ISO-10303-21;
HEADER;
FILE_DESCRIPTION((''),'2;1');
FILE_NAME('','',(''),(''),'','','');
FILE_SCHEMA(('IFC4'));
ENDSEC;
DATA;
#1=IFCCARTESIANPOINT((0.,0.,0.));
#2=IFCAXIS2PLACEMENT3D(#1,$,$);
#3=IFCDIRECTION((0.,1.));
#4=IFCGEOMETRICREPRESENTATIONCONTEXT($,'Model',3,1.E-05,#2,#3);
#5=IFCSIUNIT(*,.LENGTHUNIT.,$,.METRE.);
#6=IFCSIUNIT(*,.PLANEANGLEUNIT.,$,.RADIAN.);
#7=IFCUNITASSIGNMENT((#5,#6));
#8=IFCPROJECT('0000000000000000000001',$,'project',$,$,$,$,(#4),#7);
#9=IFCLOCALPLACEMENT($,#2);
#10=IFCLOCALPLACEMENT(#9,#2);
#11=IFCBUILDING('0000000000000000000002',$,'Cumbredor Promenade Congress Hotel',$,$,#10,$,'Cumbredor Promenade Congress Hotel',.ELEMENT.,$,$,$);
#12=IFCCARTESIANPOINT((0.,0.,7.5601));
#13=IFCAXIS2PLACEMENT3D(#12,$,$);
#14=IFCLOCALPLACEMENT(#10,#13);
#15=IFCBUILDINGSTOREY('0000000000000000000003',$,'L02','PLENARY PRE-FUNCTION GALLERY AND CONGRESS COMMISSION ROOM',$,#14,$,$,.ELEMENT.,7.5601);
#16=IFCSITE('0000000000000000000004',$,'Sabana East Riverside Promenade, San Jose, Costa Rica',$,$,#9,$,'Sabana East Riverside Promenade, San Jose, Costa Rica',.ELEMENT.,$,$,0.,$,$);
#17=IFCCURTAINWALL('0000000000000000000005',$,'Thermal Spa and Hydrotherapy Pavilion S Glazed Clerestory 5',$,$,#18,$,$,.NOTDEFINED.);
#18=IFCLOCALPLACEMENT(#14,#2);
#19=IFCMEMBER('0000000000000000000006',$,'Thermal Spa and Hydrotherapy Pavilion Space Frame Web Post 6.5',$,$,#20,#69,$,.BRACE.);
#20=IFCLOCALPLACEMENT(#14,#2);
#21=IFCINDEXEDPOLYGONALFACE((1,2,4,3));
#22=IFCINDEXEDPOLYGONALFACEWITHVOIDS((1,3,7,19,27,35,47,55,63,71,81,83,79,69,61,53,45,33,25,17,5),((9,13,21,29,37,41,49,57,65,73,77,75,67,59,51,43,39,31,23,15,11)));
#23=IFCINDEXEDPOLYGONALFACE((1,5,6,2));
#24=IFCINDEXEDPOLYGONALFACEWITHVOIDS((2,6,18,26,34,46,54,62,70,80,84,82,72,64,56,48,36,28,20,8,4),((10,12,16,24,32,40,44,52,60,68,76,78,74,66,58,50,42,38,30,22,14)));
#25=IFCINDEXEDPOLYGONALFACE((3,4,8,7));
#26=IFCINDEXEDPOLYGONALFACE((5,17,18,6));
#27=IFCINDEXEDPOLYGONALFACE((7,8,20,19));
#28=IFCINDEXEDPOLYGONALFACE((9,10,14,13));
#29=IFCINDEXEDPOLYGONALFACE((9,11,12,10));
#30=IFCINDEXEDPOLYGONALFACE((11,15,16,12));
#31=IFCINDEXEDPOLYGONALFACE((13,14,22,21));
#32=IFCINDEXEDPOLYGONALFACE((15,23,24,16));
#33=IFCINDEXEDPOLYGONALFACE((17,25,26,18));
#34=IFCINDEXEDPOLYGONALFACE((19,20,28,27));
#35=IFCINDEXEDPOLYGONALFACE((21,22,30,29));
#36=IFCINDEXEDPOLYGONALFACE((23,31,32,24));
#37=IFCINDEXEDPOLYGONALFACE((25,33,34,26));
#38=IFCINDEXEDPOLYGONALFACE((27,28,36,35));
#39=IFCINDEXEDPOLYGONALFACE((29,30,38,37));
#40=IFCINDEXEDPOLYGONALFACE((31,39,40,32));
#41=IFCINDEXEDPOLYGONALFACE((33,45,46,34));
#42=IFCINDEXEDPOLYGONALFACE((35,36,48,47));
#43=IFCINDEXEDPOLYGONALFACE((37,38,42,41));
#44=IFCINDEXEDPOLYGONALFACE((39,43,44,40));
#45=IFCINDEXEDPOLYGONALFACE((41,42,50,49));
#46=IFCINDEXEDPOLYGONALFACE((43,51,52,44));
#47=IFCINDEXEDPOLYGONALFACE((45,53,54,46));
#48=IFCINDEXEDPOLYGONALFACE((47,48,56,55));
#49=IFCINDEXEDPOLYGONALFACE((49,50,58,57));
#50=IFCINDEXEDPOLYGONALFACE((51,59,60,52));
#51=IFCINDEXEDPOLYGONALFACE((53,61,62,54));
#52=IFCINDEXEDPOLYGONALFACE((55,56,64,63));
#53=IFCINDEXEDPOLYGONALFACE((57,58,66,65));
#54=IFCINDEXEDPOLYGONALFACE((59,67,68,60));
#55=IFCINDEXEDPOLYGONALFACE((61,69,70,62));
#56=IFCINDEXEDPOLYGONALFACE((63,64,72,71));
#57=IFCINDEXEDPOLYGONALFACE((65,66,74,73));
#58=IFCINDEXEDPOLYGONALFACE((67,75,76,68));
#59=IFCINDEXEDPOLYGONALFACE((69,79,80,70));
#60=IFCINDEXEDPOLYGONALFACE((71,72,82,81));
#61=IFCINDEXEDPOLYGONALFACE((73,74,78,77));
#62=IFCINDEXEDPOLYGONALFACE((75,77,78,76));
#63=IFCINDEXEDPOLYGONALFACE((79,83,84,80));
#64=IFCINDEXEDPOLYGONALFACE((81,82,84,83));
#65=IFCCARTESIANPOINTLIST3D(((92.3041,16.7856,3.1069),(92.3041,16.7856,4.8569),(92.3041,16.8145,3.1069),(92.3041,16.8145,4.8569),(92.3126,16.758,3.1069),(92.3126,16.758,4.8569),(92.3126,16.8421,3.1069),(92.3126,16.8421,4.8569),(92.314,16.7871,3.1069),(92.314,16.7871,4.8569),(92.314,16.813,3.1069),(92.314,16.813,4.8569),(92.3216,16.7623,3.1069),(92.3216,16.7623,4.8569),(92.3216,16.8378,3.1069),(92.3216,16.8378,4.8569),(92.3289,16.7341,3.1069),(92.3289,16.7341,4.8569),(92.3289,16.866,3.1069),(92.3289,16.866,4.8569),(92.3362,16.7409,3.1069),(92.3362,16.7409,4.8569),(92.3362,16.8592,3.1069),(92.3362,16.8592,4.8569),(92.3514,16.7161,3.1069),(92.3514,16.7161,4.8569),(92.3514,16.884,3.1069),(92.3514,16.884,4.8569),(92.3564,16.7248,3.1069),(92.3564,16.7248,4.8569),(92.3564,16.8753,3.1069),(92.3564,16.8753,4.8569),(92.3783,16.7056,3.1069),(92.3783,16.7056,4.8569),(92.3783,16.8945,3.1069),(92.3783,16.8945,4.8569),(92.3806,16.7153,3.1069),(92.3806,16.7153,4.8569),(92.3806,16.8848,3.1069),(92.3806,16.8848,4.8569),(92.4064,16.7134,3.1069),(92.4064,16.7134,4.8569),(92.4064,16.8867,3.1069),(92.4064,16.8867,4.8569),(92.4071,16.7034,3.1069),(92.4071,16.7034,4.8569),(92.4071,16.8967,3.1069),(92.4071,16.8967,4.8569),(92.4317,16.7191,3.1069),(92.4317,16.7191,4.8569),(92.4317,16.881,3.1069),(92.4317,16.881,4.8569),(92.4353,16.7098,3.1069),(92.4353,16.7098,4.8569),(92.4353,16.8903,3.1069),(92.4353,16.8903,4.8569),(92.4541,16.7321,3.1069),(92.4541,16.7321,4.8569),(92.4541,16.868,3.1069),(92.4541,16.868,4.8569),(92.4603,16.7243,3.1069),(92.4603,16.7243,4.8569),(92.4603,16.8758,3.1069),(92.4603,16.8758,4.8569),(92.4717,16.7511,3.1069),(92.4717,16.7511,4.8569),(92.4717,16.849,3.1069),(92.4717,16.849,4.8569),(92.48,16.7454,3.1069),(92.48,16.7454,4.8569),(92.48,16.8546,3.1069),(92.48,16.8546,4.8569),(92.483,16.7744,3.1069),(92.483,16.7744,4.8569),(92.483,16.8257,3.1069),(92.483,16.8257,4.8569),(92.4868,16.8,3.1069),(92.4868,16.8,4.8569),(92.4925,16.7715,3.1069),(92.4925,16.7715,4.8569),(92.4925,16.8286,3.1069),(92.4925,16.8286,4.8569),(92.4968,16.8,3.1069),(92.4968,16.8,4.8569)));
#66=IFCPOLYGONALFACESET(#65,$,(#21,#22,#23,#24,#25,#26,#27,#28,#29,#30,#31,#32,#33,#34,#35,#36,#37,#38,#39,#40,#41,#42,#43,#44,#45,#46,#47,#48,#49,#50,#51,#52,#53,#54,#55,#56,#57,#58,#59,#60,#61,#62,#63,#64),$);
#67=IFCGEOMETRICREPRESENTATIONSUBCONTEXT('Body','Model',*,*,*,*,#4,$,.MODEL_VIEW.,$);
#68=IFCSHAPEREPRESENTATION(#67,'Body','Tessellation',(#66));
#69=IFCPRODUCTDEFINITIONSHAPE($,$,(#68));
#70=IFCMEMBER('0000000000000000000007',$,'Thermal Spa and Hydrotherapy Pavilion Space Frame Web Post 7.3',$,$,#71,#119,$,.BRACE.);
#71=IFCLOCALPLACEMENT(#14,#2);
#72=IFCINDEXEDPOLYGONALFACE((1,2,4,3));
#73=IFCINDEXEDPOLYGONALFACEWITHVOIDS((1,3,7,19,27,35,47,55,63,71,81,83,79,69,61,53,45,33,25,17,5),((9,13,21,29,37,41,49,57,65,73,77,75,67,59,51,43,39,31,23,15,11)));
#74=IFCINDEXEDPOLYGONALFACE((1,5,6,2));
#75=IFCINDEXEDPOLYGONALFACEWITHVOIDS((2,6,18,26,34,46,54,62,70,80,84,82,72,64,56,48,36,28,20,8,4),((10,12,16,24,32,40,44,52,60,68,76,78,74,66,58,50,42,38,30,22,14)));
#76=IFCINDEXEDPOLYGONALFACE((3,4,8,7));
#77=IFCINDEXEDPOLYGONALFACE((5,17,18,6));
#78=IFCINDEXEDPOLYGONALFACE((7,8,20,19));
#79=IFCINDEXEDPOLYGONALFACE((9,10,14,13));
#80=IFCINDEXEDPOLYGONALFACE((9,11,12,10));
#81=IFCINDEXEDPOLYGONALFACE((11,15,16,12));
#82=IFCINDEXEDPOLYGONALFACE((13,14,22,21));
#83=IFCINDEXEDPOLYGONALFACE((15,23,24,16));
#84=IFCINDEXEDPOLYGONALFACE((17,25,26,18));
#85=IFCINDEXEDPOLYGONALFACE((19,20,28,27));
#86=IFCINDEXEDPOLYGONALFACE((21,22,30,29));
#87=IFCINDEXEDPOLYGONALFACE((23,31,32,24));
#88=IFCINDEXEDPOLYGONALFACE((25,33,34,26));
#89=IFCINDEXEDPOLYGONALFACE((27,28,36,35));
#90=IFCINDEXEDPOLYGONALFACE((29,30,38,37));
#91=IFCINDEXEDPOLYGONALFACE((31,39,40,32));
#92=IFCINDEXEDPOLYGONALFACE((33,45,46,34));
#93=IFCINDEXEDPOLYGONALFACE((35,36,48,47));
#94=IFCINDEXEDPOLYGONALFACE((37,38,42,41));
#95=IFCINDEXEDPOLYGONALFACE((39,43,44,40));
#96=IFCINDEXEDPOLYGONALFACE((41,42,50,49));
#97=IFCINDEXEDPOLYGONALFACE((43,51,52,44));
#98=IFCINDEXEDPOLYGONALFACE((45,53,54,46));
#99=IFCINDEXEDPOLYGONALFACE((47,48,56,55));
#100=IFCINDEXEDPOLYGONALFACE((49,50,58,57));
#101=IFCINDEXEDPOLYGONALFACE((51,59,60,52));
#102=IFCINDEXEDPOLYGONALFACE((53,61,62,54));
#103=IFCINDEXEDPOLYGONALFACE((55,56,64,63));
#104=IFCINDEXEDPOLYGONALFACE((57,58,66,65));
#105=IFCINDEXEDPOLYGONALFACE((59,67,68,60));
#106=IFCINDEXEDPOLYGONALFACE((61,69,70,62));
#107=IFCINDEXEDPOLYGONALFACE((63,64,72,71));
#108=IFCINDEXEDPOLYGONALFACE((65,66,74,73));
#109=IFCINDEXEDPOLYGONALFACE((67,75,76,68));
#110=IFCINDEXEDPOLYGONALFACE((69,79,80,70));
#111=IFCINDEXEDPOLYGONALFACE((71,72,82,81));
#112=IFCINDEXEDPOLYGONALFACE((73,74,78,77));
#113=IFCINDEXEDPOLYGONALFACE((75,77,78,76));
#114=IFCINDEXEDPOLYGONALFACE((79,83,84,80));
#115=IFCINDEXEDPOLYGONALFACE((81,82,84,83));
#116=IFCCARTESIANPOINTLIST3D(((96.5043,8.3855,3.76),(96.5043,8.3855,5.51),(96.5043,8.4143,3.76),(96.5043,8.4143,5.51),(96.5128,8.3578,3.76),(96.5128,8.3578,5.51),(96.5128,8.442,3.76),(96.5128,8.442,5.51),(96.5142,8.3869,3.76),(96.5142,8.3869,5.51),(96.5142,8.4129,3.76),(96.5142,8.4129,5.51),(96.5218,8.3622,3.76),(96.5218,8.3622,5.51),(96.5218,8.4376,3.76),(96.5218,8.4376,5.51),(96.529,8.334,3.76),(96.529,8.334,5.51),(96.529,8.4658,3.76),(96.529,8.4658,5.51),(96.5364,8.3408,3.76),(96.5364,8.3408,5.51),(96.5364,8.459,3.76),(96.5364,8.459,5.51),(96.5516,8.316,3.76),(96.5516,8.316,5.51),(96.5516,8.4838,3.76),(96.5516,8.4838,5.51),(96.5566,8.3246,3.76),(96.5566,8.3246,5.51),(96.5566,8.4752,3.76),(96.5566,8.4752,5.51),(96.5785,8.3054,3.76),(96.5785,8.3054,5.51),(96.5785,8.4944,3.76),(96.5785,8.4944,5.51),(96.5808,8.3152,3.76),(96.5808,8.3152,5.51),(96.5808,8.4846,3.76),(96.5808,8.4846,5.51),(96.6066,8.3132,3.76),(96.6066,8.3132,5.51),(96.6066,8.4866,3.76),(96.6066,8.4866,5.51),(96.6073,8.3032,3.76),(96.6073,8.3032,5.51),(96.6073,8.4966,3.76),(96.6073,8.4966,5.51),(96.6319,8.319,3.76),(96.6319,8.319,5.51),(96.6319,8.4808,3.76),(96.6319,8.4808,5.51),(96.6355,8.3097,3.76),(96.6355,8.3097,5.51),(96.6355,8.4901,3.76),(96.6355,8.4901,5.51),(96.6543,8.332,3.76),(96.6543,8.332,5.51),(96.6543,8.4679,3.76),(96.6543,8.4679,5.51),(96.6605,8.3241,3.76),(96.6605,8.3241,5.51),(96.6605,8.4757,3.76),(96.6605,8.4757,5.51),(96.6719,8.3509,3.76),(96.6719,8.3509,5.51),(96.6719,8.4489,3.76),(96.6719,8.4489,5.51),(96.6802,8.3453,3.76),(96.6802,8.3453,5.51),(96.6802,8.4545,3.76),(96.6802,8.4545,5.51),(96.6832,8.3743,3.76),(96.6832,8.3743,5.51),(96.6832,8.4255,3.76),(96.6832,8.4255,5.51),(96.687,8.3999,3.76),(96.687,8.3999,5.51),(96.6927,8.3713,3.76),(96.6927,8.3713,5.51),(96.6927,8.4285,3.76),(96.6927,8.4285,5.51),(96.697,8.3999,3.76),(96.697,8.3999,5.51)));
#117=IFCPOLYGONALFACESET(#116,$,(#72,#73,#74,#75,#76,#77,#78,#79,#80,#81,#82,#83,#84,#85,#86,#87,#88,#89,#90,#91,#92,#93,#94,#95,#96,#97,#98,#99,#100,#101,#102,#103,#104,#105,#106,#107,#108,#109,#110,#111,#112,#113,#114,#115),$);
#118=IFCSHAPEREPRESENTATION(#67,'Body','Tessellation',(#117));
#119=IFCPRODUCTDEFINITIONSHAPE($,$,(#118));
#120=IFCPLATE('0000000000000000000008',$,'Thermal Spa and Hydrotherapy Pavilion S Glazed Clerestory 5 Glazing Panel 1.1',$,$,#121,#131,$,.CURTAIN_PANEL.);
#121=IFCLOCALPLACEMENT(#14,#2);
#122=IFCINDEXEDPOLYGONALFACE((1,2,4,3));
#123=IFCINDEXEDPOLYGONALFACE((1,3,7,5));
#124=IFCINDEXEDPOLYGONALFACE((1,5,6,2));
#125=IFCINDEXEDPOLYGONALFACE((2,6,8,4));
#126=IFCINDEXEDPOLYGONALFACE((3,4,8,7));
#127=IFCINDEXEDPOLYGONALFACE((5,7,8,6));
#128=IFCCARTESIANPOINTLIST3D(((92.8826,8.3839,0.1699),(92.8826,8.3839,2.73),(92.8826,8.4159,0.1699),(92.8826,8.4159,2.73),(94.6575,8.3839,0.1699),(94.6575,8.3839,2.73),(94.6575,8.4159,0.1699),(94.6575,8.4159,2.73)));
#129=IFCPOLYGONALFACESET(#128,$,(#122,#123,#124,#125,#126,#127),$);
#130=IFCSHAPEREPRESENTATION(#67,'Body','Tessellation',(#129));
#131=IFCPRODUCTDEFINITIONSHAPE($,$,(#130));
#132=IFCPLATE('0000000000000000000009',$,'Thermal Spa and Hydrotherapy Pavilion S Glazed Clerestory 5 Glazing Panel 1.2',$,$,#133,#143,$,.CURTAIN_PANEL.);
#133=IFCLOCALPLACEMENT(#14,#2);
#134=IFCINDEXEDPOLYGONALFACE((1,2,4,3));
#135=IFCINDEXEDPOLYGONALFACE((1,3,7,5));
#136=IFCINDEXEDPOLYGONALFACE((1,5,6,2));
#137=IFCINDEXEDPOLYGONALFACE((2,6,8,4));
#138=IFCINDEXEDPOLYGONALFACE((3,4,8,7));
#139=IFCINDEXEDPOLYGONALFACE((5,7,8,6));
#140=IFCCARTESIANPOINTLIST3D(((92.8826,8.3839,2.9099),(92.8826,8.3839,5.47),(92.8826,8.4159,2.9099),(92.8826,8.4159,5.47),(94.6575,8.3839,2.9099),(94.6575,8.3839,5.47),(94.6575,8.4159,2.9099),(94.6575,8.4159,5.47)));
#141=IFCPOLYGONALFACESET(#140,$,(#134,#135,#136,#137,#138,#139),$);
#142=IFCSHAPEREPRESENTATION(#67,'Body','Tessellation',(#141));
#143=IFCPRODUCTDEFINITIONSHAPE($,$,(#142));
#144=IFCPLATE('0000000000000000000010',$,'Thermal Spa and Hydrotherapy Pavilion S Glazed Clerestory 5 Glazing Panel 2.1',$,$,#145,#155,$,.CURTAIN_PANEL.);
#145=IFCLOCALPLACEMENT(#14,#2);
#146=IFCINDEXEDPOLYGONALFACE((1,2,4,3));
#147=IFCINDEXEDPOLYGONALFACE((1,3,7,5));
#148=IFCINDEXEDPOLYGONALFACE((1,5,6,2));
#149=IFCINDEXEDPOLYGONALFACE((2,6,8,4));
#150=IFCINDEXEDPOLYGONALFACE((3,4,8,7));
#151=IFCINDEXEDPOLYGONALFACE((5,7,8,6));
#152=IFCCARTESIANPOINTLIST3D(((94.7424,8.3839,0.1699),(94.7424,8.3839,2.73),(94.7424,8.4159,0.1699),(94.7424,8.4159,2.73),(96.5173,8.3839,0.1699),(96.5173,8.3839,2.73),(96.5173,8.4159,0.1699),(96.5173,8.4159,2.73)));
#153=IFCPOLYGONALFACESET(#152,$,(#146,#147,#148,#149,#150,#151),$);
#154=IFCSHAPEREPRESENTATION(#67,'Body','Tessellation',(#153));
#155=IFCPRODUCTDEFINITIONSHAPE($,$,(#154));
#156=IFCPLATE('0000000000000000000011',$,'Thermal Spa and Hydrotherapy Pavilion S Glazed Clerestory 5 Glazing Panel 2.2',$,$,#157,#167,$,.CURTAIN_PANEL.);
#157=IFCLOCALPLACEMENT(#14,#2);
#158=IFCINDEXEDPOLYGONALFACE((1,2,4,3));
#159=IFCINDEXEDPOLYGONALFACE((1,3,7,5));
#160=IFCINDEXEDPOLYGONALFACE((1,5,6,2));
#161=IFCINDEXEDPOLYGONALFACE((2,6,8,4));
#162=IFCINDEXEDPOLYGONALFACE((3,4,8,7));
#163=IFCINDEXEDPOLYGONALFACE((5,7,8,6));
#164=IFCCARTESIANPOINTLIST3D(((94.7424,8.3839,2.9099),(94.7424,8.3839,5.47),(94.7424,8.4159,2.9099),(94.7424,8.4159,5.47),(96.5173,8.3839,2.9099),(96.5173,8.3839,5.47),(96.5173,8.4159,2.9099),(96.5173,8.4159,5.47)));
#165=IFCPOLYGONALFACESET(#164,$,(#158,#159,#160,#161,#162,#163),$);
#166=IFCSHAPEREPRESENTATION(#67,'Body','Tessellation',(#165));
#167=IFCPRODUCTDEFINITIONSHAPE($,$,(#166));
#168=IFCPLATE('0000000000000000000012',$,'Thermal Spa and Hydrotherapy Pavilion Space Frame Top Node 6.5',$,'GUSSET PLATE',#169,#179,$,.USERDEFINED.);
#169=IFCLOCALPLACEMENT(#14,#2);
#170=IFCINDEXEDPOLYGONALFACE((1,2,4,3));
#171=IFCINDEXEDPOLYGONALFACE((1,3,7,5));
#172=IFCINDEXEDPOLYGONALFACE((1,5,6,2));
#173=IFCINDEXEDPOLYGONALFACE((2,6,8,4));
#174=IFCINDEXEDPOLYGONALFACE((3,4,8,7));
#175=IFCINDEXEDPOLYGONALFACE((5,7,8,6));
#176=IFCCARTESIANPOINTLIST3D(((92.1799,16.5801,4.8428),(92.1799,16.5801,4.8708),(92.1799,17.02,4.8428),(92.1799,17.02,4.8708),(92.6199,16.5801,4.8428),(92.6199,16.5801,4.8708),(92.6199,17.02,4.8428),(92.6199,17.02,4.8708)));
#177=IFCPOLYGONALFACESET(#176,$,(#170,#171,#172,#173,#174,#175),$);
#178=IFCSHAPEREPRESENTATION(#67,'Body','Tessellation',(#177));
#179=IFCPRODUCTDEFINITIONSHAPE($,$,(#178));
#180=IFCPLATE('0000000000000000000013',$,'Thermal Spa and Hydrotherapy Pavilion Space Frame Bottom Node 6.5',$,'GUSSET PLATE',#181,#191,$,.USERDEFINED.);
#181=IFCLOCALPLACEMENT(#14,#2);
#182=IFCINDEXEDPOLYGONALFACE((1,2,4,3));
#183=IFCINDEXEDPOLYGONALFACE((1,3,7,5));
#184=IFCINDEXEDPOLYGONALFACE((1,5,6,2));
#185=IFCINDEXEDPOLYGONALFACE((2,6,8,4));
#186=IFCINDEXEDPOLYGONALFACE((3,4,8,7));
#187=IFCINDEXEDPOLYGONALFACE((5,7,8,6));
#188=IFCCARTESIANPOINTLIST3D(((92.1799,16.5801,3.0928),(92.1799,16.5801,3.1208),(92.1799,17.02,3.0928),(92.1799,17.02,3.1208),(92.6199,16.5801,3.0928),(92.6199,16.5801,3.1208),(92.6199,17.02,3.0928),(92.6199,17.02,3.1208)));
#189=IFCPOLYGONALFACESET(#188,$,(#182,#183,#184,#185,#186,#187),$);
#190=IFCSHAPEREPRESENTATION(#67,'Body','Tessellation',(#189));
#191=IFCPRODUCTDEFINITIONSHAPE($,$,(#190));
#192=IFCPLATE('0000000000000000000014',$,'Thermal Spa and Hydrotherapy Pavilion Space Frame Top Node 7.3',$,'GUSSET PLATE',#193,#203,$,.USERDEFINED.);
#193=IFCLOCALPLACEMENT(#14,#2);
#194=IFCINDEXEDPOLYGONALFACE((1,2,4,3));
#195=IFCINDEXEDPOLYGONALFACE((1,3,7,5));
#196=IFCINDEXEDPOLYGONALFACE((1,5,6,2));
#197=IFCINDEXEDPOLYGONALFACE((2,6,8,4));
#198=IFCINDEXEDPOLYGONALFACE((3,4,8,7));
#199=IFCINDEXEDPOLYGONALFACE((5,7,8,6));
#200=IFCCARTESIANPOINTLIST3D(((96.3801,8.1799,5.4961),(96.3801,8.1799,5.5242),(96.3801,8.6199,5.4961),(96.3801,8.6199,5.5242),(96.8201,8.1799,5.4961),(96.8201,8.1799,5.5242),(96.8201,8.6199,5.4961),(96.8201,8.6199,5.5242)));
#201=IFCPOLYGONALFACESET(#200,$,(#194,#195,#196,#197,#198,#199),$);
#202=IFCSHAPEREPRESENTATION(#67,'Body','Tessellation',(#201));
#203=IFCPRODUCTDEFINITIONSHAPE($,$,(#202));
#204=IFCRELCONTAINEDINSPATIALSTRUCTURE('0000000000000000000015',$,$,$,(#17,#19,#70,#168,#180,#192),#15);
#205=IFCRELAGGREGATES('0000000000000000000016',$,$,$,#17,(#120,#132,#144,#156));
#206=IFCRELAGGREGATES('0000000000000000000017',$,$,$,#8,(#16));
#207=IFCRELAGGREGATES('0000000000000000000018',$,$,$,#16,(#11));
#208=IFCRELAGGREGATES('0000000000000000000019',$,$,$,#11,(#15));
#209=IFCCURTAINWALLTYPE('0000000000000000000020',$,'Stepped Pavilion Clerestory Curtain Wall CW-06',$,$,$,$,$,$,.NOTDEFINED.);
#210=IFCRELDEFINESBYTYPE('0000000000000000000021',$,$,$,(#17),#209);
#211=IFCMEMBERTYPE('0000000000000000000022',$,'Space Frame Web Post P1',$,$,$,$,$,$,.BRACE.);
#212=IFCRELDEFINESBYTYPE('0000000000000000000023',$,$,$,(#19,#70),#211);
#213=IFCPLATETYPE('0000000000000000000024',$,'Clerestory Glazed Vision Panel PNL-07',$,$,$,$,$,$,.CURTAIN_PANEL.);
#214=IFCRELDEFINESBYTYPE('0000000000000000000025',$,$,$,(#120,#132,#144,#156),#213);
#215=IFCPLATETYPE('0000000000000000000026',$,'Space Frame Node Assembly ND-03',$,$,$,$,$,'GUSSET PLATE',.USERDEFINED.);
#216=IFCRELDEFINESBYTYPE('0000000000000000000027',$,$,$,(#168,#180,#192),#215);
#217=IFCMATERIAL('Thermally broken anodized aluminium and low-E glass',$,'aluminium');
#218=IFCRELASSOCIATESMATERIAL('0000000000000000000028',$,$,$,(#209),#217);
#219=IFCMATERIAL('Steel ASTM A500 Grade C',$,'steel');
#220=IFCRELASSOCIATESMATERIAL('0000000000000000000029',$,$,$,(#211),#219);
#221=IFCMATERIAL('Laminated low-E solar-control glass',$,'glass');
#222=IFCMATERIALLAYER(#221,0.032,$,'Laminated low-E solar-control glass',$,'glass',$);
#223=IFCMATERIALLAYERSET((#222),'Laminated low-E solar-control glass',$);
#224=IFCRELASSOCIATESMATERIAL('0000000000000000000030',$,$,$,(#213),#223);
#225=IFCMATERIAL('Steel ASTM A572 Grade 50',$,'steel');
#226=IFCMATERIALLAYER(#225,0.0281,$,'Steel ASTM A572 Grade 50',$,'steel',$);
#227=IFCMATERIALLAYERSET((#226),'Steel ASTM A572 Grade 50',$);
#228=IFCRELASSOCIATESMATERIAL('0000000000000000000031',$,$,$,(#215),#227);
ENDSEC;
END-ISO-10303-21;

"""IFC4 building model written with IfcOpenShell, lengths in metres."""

from ifc_helpers import new_model, si_unit, direction, frame, origin, origin_2d, place, context, subcontext, project, spatial, rectangle, hollow_circle, extrude, material, layer, layer_set, material_profile, profile_set, type_object, element, aggregate, save


model = new_model("IFC4")

# Units and contexts
model_context = context("Model", 3, precision=1e-05, world=origin(), true_north=direction((0.0, 1.0)))
body_context = subcontext(model_context, "Body", "Model", "MODEL_VIEW")
ifc_project = project(units=[si_unit("LENGTHUNIT", "METRE"), si_unit("PLANEANGLEUNIT", "RADIAN")], contexts=[model_context])

# Site, building, storey
site_placement = place(None, origin())
site = spatial("IfcSite", under=ifc_project, at=site_placement, Name="Sabana East Riverside Promenade, San Jose, Costa Rica", LongName="Sabana East Riverside Promenade, San Jose, Costa Rica", CompositionType="ELEMENT", RefElevation=0.0)
building_placement = place(site_placement, origin())
building = spatial("IfcBuilding", under=site, at=building_placement, Name="Cumbredor Promenade Congress Hotel", LongName="Cumbredor Promenade Congress Hotel", CompositionType="ELEMENT")
storey_placement = place(building_placement, frame((0.0, 0.0, 7.5601)))
storey = spatial("IfcBuildingStorey", under=building, at=storey_placement, Name="L02", Description="PLENARY PRE-FUNCTION GALLERY AND CONGRESS COMMISSION ROOM", CompositionType="ELEMENT", Elevation=7.5601)

# Curtain wall
ifc_material_1 = material(Name="Thermally broken anodized aluminium and low-E glass", Category="aluminium")
curtain_wall_type = type_object("IfcCurtainWallType", Name="Stepped Pavilion Clerestory Curtain Wall CW-06", PredefinedType="NOTDEFINED", material=ifc_material_1)
curtain_wall_placement = place(storey_placement, origin())
curtain_wall = element("IfcCurtainWall", 1, at=curtain_wall_placement, inside=storey, type_object=curtain_wall_type, Name="Thermal Spa and Hydrotherapy Pavilion S Glazed Clerestory 5", PredefinedType="NOTDEFINED")

# Members
ifc_material_2 = material(Name="Steel ASTM A500 Grade C", Category="steel")
ifc_material_profile_1 = material_profile(ifc_material_2, hollow_circle(Radius=0.0969, WallThickness=0.01, at=origin_2d()), Name="CHS 193.7x10")
ifc_profile_set_1 = profile_set([ifc_material_profile_1], Name="Steel ASTM A500 Grade C")
member_type_1 = type_object("IfcMemberType", Name="Space Frame Web Post P1", PredefinedType="BRACE", material=ifc_profile_set_1)
for number, where, z_axis, x_axis, name in (
    (2, (92.3999, 16.8, 3.1069), (0.0, 0.0, 1.0), (1.0, 0.0, 0.0), "Thermal Spa and Hydrotherapy Pavilion Space Frame Web Post 6.5"),
    (3, (96.6001, 8.3999, 3.76), (0.0, 0.0, 1.0), (1.0, 0.0, 0.0), "Thermal Spa and Hydrotherapy Pavilion Space Frame Web Post 7.3"),
):
    element("IfcMember", number, at=place(storey_placement, frame(where, z_axis=z_axis, x_axis=x_axis)), inside=storey, type_object=member_type_1, Name=name, PredefinedType="BRACE", context=body_context, shape_type="SweptSolid", body=[
        extrude(hollow_circle(Radius=0.0969, WallThickness=0.01, at=origin_2d()), origin(), (0.0, 0.0, 1.0), 1.75),
    ])

# Plates
ifc_material_3 = material(Name="Laminated low-E solar-control glass", Category="glass")
ifc_layer_1 = layer(ifc_material_3, 0.032, Name="Laminated low-E solar-control glass", Category="glass")
ifc_layer_set_1 = layer_set([ifc_layer_1], Name="Laminated low-E solar-control glass")
plate_type_1 = type_object("IfcPlateType", Name="Clerestory Glazed Vision Panel PNL-07", PredefinedType="CURTAIN_PANEL", material=ifc_layer_set_1)
plate_1_placement = place(storey_placement, frame((93.77, 8.3999, 0.1699), z_axis=(0.0, 0.0, 1.0), x_axis=(1.0, 0.0, 0.0)))
plate_1 = element("IfcPlate", 4, at=plate_1_placement, type_object=plate_type_1, Name="Thermal Spa and Hydrotherapy Pavilion S Glazed Clerestory 5 Glazing Panel 1.1", PredefinedType="CURTAIN_PANEL", context=body_context, shape_type="SweptSolid", body=[
    extrude(rectangle(XDim=1.7749, YDim=0.032, at=origin_2d()), origin(), (0.0, 0.0, 1.0), 2.5601),
])
plate_2_placement = place(storey_placement, frame((93.77, 8.3999, 2.9099), z_axis=(0.0, 0.0, 1.0), x_axis=(1.0, 0.0, 0.0)))
plate_2 = element("IfcPlate", 5, at=plate_2_placement, type_object=plate_type_1, Name="Thermal Spa and Hydrotherapy Pavilion S Glazed Clerestory 5 Glazing Panel 1.2", PredefinedType="CURTAIN_PANEL", context=body_context, shape_type="SweptSolid", body=[
    extrude(rectangle(XDim=1.7749, YDim=0.032, at=origin_2d()), origin(), (0.0, 0.0, 1.0), 2.5601),
])
plate_3_placement = place(storey_placement, frame((95.6299, 8.3999, 0.1699), z_axis=(0.0, 0.0, 1.0), x_axis=(1.0, 0.0, 0.0)))
plate_3 = element("IfcPlate", 6, at=plate_3_placement, type_object=plate_type_1, Name="Thermal Spa and Hydrotherapy Pavilion S Glazed Clerestory 5 Glazing Panel 2.1", PredefinedType="CURTAIN_PANEL", context=body_context, shape_type="SweptSolid", body=[
    extrude(rectangle(XDim=1.7749, YDim=0.032, at=origin_2d()), origin(), (0.0, 0.0, 1.0), 2.5601),
])
plate_4_placement = place(storey_placement, frame((95.6299, 8.3999, 2.9099), z_axis=(0.0, 0.0, 1.0), x_axis=(1.0, 0.0, 0.0)))
plate_4 = element("IfcPlate", 7, at=plate_4_placement, type_object=plate_type_1, Name="Thermal Spa and Hydrotherapy Pavilion S Glazed Clerestory 5 Glazing Panel 2.2", PredefinedType="CURTAIN_PANEL", context=body_context, shape_type="SweptSolid", body=[
    extrude(rectangle(XDim=1.7749, YDim=0.032, at=origin_2d()), origin(), (0.0, 0.0, 1.0), 2.5601),
])
aggregate(curtain_wall, [plate_1, plate_2, plate_3, plate_4])

# Plates
ifc_material_4 = material(Name="Steel ASTM A572 Grade 50", Category="steel")
ifc_layer_2 = layer(ifc_material_4, 0.0281, Name="Steel ASTM A572 Grade 50", Category="steel")
ifc_layer_set_2 = layer_set([ifc_layer_2], Name="Steel ASTM A572 Grade 50")
plate_type_2 = type_object("IfcPlateType", Name="Space Frame Node Assembly ND-03", ElementType="GUSSET PLATE", PredefinedType="USERDEFINED", material=ifc_layer_set_2)
for number, where, z_axis, x_axis, name in (
    (8, (92.3999, 16.8, 4.8428), (0.0, 0.0, 1.0), (1.0, 0.0, 0.0), "Thermal Spa and Hydrotherapy Pavilion Space Frame Top Node 6.5"),
    (9, (92.3999, 16.8, 3.0928), (0.0, 0.0, 1.0), (1.0, 0.0, 0.0), "Thermal Spa and Hydrotherapy Pavilion Space Frame Bottom Node 6.5"),
    (10, (96.6001, 8.3999, 5.4961), (0.0, 0.0, 1.0), (1.0, 0.0, 0.0), "Thermal Spa and Hydrotherapy Pavilion Space Frame Top Node 7.3"),
):
    element("IfcPlate", number, at=place(storey_placement, frame(where, z_axis=z_axis, x_axis=x_axis)), inside=storey, type_object=plate_type_2, Name=name, ObjectType="GUSSET PLATE", PredefinedType="USERDEFINED", context=body_context, shape_type="SweptSolid", body=[
        extrude(rectangle(XDim=0.4399, YDim=0.4399, at=origin_2d()), origin(), (0.0, 0.0, 1.0), 0.0281),
    ])

save(model, "model.ifc")
